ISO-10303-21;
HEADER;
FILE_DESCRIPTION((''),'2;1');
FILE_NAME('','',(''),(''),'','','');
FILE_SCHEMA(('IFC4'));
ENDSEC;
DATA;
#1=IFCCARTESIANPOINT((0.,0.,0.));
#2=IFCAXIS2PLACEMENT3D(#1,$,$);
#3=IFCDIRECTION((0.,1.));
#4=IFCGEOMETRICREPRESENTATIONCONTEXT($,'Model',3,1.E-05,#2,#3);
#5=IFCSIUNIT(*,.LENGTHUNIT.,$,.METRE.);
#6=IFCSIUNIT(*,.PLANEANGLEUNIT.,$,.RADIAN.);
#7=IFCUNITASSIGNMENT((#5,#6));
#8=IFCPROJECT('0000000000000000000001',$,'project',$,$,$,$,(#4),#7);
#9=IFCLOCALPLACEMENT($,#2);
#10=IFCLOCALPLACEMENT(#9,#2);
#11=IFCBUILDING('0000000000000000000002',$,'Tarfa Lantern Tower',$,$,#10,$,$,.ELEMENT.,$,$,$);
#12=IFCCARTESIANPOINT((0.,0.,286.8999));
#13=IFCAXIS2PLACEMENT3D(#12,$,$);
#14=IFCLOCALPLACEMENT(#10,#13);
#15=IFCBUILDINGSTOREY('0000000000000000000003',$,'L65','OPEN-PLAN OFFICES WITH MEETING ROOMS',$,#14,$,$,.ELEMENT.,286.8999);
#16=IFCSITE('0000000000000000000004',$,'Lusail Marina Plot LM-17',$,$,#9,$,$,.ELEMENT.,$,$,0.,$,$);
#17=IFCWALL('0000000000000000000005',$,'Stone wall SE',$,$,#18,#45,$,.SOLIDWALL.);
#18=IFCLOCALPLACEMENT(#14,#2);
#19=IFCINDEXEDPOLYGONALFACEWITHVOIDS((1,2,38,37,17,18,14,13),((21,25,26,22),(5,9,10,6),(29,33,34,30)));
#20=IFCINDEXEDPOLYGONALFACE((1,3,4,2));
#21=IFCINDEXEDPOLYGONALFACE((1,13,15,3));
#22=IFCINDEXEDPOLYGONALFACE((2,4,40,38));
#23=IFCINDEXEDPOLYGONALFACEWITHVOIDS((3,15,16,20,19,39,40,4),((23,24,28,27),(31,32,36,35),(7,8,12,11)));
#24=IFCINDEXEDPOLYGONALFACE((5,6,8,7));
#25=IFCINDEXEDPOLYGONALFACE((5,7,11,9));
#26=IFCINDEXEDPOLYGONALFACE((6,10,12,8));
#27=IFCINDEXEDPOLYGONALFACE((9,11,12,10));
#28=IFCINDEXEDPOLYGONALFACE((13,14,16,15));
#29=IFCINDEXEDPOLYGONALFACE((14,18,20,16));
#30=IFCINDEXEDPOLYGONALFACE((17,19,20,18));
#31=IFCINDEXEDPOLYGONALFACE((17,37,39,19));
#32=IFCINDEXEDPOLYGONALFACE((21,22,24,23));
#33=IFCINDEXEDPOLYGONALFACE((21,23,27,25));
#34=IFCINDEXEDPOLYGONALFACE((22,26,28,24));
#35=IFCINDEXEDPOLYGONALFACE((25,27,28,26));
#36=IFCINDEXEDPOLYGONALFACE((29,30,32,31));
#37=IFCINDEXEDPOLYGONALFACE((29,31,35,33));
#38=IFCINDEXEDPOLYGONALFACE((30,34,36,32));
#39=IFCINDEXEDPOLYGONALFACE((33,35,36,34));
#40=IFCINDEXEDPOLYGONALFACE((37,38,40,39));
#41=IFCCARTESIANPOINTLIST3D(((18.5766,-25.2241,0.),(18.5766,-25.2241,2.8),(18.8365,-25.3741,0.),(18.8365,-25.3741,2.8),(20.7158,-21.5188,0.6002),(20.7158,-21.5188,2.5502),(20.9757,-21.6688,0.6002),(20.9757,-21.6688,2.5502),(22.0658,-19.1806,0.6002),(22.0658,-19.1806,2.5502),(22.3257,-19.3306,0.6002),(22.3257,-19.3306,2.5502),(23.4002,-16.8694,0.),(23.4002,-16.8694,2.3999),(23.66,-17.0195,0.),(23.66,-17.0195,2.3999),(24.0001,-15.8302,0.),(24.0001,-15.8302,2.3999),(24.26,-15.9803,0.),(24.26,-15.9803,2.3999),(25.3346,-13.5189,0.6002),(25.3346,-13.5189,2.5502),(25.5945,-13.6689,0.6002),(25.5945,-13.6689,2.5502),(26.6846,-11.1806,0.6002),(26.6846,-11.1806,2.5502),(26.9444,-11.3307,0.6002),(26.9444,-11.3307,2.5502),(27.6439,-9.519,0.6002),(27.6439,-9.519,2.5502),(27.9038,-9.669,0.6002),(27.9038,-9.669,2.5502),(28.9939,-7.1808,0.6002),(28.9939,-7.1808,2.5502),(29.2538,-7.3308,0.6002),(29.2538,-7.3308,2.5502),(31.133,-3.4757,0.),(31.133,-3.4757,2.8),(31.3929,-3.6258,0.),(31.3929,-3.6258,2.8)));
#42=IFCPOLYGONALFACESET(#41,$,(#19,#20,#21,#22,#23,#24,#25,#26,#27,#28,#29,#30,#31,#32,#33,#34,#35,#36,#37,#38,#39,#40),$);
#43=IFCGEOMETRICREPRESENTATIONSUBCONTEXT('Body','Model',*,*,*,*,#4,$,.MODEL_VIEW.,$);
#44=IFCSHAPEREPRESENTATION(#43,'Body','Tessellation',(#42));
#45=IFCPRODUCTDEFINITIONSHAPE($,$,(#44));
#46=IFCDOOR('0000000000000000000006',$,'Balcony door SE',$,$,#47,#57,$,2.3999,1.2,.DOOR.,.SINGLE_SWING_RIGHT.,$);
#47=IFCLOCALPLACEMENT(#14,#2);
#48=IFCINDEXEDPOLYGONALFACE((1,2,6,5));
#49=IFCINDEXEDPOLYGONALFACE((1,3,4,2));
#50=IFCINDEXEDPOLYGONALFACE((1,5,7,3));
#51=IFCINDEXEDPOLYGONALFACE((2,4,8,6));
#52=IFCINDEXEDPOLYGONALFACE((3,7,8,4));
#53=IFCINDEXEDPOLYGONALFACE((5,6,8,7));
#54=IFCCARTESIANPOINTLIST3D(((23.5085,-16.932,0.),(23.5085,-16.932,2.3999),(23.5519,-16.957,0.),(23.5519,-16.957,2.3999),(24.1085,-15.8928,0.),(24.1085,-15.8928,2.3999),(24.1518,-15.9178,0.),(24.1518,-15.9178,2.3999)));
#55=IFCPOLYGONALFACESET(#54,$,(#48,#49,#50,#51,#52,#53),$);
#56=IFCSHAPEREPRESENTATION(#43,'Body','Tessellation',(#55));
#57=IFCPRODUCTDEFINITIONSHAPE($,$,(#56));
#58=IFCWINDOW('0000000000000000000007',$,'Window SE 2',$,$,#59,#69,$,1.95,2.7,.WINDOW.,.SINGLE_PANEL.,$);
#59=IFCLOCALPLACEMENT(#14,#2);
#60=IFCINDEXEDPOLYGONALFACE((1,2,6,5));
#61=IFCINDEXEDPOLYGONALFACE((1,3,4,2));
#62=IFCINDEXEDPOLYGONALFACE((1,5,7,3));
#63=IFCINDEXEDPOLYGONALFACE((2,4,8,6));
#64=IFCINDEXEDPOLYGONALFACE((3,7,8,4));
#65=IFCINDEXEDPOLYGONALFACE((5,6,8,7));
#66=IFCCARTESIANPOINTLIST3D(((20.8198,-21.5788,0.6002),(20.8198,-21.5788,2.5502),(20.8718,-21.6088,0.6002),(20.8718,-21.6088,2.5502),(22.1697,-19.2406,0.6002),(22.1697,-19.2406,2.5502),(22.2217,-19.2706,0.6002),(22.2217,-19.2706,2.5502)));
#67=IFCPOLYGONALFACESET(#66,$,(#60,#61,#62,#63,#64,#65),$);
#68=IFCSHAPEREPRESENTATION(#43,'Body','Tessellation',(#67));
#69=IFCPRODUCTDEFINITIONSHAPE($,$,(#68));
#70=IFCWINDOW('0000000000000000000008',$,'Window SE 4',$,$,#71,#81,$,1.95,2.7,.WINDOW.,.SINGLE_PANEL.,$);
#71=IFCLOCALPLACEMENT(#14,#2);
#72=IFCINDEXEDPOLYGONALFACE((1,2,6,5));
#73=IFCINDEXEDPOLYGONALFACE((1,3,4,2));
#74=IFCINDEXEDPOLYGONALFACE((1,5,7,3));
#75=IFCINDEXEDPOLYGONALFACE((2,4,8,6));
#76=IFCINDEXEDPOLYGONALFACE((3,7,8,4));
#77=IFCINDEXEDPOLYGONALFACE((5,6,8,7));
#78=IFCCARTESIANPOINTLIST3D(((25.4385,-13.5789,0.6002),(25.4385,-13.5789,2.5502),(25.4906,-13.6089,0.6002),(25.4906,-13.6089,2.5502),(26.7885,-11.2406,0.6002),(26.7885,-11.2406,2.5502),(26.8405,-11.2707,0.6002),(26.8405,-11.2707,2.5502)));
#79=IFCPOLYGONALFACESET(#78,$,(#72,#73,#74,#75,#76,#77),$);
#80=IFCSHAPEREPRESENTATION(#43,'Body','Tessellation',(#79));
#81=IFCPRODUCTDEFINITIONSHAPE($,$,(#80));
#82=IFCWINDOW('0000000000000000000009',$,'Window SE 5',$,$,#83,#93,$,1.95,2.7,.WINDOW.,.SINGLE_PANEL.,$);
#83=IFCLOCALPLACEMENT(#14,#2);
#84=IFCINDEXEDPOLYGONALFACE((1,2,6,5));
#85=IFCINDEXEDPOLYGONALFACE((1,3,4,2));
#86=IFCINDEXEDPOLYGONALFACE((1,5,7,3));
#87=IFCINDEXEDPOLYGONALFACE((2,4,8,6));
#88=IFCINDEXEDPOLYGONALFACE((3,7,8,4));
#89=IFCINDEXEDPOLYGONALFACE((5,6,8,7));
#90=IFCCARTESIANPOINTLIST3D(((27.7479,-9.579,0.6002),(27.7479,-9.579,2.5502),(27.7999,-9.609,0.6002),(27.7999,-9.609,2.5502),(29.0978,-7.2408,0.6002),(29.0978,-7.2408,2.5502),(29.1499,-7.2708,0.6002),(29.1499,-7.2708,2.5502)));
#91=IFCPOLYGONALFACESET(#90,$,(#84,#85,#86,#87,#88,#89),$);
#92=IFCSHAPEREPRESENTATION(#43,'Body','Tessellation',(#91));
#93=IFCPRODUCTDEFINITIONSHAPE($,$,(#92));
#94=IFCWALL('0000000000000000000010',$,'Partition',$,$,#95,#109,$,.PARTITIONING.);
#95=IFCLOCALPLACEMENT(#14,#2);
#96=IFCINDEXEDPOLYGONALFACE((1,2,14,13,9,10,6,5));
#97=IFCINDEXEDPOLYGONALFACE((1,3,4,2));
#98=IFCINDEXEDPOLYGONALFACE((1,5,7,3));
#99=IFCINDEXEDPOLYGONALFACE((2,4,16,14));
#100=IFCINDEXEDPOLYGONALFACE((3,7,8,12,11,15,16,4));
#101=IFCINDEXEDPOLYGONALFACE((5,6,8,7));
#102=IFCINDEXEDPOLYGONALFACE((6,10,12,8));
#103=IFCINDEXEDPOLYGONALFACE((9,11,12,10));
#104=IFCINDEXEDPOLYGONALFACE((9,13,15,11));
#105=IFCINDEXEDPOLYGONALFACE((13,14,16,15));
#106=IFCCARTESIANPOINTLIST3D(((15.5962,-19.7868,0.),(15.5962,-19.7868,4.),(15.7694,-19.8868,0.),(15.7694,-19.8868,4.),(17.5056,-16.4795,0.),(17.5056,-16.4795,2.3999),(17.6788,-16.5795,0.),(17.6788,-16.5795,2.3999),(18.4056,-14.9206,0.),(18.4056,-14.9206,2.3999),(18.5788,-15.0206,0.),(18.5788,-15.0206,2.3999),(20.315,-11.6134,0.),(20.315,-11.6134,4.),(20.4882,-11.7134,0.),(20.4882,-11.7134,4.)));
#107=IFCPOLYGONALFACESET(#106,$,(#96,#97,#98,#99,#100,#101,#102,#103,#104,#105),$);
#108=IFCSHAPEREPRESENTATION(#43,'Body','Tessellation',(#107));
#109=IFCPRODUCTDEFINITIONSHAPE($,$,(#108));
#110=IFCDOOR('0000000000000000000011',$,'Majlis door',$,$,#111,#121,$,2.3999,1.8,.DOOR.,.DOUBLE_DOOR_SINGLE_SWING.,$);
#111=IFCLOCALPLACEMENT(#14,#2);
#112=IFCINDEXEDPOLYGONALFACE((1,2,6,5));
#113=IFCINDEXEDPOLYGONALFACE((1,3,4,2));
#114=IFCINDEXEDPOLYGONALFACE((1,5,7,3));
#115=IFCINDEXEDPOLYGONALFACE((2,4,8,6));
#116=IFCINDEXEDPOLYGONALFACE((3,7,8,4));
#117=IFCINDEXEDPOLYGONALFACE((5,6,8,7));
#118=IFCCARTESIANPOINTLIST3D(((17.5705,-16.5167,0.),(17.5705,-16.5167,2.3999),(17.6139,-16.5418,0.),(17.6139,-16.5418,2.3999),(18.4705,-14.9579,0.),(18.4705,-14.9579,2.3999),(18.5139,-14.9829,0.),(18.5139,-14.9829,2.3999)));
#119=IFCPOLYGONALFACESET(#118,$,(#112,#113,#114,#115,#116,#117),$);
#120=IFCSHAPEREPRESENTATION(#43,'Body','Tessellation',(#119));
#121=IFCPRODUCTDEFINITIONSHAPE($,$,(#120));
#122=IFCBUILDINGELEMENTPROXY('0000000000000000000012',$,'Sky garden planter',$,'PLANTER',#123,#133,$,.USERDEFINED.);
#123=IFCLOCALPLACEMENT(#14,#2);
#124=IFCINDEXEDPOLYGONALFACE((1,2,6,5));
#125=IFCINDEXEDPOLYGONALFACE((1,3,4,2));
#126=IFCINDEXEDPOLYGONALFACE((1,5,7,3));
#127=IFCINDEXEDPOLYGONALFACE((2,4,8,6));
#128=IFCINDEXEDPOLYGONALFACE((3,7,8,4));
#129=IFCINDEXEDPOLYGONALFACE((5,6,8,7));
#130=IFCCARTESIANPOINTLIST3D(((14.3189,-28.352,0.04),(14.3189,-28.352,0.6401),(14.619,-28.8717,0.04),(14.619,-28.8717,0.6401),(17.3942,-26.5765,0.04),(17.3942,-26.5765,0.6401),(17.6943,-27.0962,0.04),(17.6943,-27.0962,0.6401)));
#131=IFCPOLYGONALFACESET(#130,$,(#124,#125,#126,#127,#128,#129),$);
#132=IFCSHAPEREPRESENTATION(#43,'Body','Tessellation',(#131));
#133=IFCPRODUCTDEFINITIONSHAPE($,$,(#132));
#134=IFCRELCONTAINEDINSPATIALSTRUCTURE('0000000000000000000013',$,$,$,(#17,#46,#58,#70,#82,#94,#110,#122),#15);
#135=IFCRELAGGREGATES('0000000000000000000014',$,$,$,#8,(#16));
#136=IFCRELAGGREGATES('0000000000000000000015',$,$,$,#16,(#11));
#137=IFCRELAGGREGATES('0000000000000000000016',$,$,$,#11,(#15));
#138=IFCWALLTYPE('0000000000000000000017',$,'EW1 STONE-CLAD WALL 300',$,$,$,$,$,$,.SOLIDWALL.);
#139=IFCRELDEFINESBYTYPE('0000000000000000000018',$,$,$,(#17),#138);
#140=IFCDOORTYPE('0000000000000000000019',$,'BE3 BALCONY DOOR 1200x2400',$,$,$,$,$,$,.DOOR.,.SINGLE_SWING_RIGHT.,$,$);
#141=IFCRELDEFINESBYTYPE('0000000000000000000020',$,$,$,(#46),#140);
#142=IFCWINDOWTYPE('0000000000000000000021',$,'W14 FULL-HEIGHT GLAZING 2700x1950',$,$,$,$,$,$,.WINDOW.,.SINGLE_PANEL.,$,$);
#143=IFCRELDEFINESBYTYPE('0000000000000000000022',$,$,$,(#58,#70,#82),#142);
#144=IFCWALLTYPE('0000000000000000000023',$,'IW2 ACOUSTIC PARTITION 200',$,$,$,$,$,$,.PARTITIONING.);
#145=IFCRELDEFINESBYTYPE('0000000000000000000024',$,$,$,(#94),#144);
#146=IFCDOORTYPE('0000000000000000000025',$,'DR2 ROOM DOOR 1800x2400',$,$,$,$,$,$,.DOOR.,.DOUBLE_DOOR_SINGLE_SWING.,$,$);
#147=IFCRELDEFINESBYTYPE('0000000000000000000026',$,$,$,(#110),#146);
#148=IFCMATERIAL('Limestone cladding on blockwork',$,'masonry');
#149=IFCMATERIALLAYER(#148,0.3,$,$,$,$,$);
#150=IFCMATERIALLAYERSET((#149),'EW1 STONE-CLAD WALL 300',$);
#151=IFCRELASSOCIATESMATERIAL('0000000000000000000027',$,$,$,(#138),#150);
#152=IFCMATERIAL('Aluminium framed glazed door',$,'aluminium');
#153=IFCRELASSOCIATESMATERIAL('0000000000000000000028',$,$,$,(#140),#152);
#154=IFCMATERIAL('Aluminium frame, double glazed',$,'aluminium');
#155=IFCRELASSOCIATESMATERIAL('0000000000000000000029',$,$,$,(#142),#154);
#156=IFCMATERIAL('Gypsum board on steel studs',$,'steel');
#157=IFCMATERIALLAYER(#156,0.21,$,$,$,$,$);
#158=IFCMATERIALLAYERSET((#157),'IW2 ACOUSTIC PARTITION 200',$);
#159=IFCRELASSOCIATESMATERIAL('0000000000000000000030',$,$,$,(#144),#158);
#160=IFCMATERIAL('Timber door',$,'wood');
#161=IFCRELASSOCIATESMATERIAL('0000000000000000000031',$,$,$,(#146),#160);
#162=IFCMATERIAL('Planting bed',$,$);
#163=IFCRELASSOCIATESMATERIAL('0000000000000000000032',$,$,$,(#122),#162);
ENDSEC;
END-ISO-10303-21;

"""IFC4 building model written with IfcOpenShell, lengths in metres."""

from ifc_helpers import new_model, si_unit, direction, frame, frame_2d, origin, origin_2d, place, context, subcontext, project, spatial, rectangle, extrude, material, layer, layer_set, type_object, element, fill, save


model = new_model("IFC4")

# Units and contexts
model_context = context("Model", 3, precision=1e-05, world=origin(), true_north=direction((0.0, 1.0)))
body_context = subcontext(model_context, "Body", "Model", "MODEL_VIEW")
ifc_project = project(units=[si_unit("LENGTHUNIT", "METRE"), si_unit("PLANEANGLEUNIT", "RADIAN")], contexts=[model_context])

# Site, building, storey
site_placement = place(None, origin())
site = spatial("IfcSite", under=ifc_project, at=site_placement, Name="Lusail Marina Plot LM-17", CompositionType="ELEMENT", RefElevation=0.0)
building_placement = place(site_placement, origin())
building = spatial("IfcBuilding", under=site, at=building_placement, Name="Tarfa Lantern Tower", CompositionType="ELEMENT")
storey_placement = place(building_placement, frame((0.0, 0.0, 286.8999)))
storey = spatial("IfcBuildingStorey", under=building, at=storey_placement, Name="L65", Description="OPEN-PLAN OFFICES WITH MEETING ROOMS", CompositionType="ELEMENT", Elevation=286.8999)

# Wall, openings, door, windows
ifc_material_1 = material(Name="Limestone cladding on blockwork", Category="masonry")
ifc_layer_1 = layer(ifc_material_1, 0.3)
ifc_layer_set_1 = layer_set([ifc_layer_1], Name="EW1 STONE-CLAD WALL 300")
wall_type_1 = type_object("IfcWallType", Name="EW1 STONE-CLAD WALL 300", PredefinedType="SOLIDWALL", material=ifc_layer_set_1)
wall_1_placement = place(storey_placement, frame((18.7065, -25.2991, 0.0), z_axis=(0.0, 0.0, 1.0), x_axis=(0.5, 0.866025, 0.0)))
wall_1 = element("IfcWall", 1, at=wall_1_placement, inside=storey, type_object=wall_type_1, Name="Stone wall SE", PredefinedType="SOLIDWALL", context=body_context, shape_type="SweptSolid", body=[
    extrude(rectangle(XDim=25.1128, YDim=0.3, at=frame_2d((12.5564, 0.0))), origin(), (0.0, 0.0, 1.0), 2.8),
])
opening_1_placement = place(wall_1_placement, frame((4.2783, 0.0, 0.6001)))
opening_1 = element("IfcOpeningElement", 2, at=opening_1_placement, cuts=wall_1, PredefinedType="OPENING", context=body_context, shape_type="SweptSolid", body=[
    extrude(rectangle(XDim=2.7, YDim=1.95, at=frame_2d((1.3501, 0.9751))), frame((0.0, 0.1599, 0.0), z_axis=(0.0, -1.0, 0.0), x_axis=(1.0, 0.0, 0.0)), (0.0, 0.0, 1.0), 0.3201),
])
opening_2_placement = place(wall_1_placement, frame((9.647, 0.0, 0.0)))
opening_2 = element("IfcOpeningElement", 3, at=opening_2_placement, cuts=wall_1, PredefinedType="OPENING", context=body_context, shape_type="SweptSolid", body=[
    extrude(rectangle(XDim=1.2, YDim=2.3999, at=frame_2d((0.6001, 1.2))), frame((0.0, 0.1599, 0.0), z_axis=(0.0, -1.0, 0.0), x_axis=(1.0, 0.0, 0.0)), (0.0, 0.0, 1.0), 0.3201),
])
opening_3_placement = place(wall_1_placement, frame((13.5159, 0.0, 0.6001)))
opening_3 = element("IfcOpeningElement", 4, at=opening_3_placement, cuts=wall_1, PredefinedType="OPENING", context=body_context, shape_type="SweptSolid", body=[
    extrude(rectangle(XDim=2.7, YDim=1.95, at=frame_2d((1.3501, 0.9751))), frame((0.0, 0.1599, 0.0), z_axis=(0.0, -1.0, 0.0), x_axis=(1.0, 0.0, 0.0)), (0.0, 0.0, 1.0), 0.3201),
])
opening_4_placement = place(wall_1_placement, frame((18.1345, 0.0, 0.6001)))
opening_4 = element("IfcOpeningElement", 5, at=opening_4_placement, cuts=wall_1, PredefinedType="OPENING", context=body_context, shape_type="SweptSolid", body=[
    extrude(rectangle(XDim=2.7, YDim=1.95, at=frame_2d((1.3501, 0.9751))), frame((0.0, 0.1599, 0.0), z_axis=(0.0, -1.0, 0.0), x_axis=(1.0, 0.0, 0.0)), (0.0, 0.0, 1.0), 0.3201),
])
ifc_material_2 = material(Name="Aluminium framed glazed door", Category="aluminium")
door_type_1 = type_object("IfcDoorType", Name="BE3 BALCONY DOOR 1200x2400", OperationType="SINGLE_SWING_RIGHT", PredefinedType="DOOR", material=ifc_material_2)
door_1_placement = place(opening_2_placement, origin())
door_1 = element("IfcDoor", 6, at=door_1_placement, inside=storey, type_object=door_type_1, Name="Balcony door SE", OperationType="SINGLE_SWING_RIGHT", OverallHeight=2.3999, OverallWidth=1.2, PredefinedType="DOOR", context=body_context, shape_type="SweptSolid", body=[
    extrude(rectangle(XDim=1.2, YDim=2.3999, at=frame_2d((0.6001, 1.2))), frame((0.0, 0.0249, 0.0), z_axis=(0.0, -1.0, 0.0), x_axis=(1.0, 0.0, 0.0)), (0.0, 0.0, 1.0), 0.05),
])
fill(opening_2, door_1)
ifc_material_3 = material(Name="Aluminium frame, double glazed", Category="aluminium")
window_type = type_object("IfcWindowType", Name="W14 FULL-HEIGHT GLAZING 2700x1950", PartitioningType="SINGLE_PANEL", PredefinedType="WINDOW", material=ifc_material_3)
window_1_placement = place(opening_1_placement, origin())
window_1 = element("IfcWindow", 7, at=window_1_placement, inside=storey, type_object=window_type, Name="Window SE 2", OverallHeight=1.95, OverallWidth=2.7, PartitioningType="SINGLE_PANEL", PredefinedType="WINDOW", context=body_context, shape_type="SweptSolid", body=[
    extrude(rectangle(XDim=2.7, YDim=1.95, at=frame_2d((1.3501, 0.9751))), frame((0.0, 0.03, 0.0), z_axis=(0.0, -1.0, 0.0), x_axis=(1.0, 0.0, 0.0)), (0.0, 0.0, 1.0), 0.0601),
])
fill(opening_1, window_1)
window_2_placement = place(opening_3_placement, origin())
window_2 = element("IfcWindow", 8, at=window_2_placement, inside=storey, type_object=window_type, Name="Window SE 4", OverallHeight=1.95, OverallWidth=2.7, PartitioningType="SINGLE_PANEL", PredefinedType="WINDOW", context=body_context, shape_type="SweptSolid", body=[
    extrude(rectangle(XDim=2.7, YDim=1.95, at=frame_2d((1.3501, 0.9751))), frame((0.0, 0.03, 0.0), z_axis=(0.0, -1.0, 0.0), x_axis=(1.0, 0.0, 0.0)), (0.0, 0.0, 1.0), 0.0601),
])
fill(opening_3, window_2)
window_3_placement = place(opening_4_placement, origin())
window_3 = element("IfcWindow", 9, at=window_3_placement, inside=storey, type_object=window_type, Name="Window SE 5", OverallHeight=1.95, OverallWidth=2.7, PartitioningType="SINGLE_PANEL", PredefinedType="WINDOW", context=body_context, shape_type="SweptSolid", body=[
    extrude(rectangle(XDim=2.7, YDim=1.95, at=frame_2d((1.3501, 0.9751))), frame((0.0, 0.03, 0.0), z_axis=(0.0, -1.0, 0.0), x_axis=(1.0, 0.0, 0.0)), (0.0, 0.0, 1.0), 0.0601),
])
fill(opening_4, window_3)

# Wall, opening, door
ifc_material_4 = material(Name="Gypsum board on steel studs", Category="steel")
ifc_layer_2 = layer(ifc_material_4, 0.21)
ifc_layer_set_2 = layer_set([ifc_layer_2], Name="IW2 ACOUSTIC PARTITION 200")
wall_type_2 = type_object("IfcWallType", Name="IW2 ACOUSTIC PARTITION 200", PredefinedType="PARTITIONING", material=ifc_layer_set_2)
wall_2_placement = place(storey_placement, frame((15.6829, -19.8367, 0.0), z_axis=(0.0, 0.0, 1.0), x_axis=(0.49999, 0.866031, 0.0)))
wall_2 = element("IfcWall", 10, at=wall_2_placement, inside=storey, type_object=wall_type_2, Name="Partition", PredefinedType="PARTITIONING", context=body_context, shape_type="SweptSolid", body=[
    extrude(rectangle(XDim=9.4377, YDim=0.2, at=frame_2d((4.7188, 0.0))), origin(), (0.0, 0.0, 1.0), 4.0),
])
opening_5_placement = place(wall_2_placement, frame((3.8188, 0.0, 0.0)))
opening_5 = element("IfcOpeningElement", 11, at=opening_5_placement, cuts=wall_2, PredefinedType="OPENING", context=body_context, shape_type="SweptSolid", body=[
    extrude(rectangle(XDim=1.8, YDim=2.3999, at=frame_2d((0.8999, 1.2))), frame((0.0, 0.1099, 0.0), z_axis=(0.0, -1.0, 0.0), x_axis=(1.0, 0.0, 0.0)), (0.0, 0.0, 1.0), 0.22),
])
ifc_material_5 = material(Name="Timber door", Category="wood")
door_type_2 = type_object("IfcDoorType", Name="DR2 ROOM DOOR 1800x2400", OperationType="DOUBLE_DOOR_SINGLE_SWING", PredefinedType="DOOR", material=ifc_material_5)
door_2_placement = place(opening_5_placement, frame((1.8, 0.0, 0.0), z_axis=(0.0, 0.0, 1.0), x_axis=(-1.0, 0.0, 0.0)))
door_2 = element("IfcDoor", 12, at=door_2_placement, inside=storey, type_object=door_type_2, Name="Majlis door", OperationType="DOUBLE_DOOR_SINGLE_SWING", OverallHeight=2.3999, OverallWidth=1.8, PredefinedType="DOOR", context=body_context, shape_type="SweptSolid", body=[
    extrude(rectangle(XDim=1.8, YDim=2.3999, at=frame_2d((0.8999, 1.2))), frame((0.0, 0.0249, 0.0), z_axis=(0.0, -1.0, 0.0), x_axis=(1.0, 0.0, 0.0)), (0.0, 0.0, 1.0), 0.05),
])
fill(opening_5, door_2)

# Building element proxy
ifc_material_6 = material(Name="Planting bed")
proxy_placement = place(storey_placement, frame((16.0066, -27.7241, 0.04), z_axis=(0.0, 0.0, 1.0), x_axis=(0.866025, 0.5, 0.0)))
element("IfcBuildingElementProxy", 13, at=proxy_placement, inside=storey, material=ifc_material_6, Name="Sky garden planter", ObjectType="PLANTER", PredefinedType="USERDEFINED", context=body_context, shape_type="SweptSolid", body=[
    extrude(rectangle(XDim=3.551, YDim=0.6001, at=origin_2d()), origin(), (0.0, 0.0, 1.0), 0.6001),
])

save(model, "model.ifc")
